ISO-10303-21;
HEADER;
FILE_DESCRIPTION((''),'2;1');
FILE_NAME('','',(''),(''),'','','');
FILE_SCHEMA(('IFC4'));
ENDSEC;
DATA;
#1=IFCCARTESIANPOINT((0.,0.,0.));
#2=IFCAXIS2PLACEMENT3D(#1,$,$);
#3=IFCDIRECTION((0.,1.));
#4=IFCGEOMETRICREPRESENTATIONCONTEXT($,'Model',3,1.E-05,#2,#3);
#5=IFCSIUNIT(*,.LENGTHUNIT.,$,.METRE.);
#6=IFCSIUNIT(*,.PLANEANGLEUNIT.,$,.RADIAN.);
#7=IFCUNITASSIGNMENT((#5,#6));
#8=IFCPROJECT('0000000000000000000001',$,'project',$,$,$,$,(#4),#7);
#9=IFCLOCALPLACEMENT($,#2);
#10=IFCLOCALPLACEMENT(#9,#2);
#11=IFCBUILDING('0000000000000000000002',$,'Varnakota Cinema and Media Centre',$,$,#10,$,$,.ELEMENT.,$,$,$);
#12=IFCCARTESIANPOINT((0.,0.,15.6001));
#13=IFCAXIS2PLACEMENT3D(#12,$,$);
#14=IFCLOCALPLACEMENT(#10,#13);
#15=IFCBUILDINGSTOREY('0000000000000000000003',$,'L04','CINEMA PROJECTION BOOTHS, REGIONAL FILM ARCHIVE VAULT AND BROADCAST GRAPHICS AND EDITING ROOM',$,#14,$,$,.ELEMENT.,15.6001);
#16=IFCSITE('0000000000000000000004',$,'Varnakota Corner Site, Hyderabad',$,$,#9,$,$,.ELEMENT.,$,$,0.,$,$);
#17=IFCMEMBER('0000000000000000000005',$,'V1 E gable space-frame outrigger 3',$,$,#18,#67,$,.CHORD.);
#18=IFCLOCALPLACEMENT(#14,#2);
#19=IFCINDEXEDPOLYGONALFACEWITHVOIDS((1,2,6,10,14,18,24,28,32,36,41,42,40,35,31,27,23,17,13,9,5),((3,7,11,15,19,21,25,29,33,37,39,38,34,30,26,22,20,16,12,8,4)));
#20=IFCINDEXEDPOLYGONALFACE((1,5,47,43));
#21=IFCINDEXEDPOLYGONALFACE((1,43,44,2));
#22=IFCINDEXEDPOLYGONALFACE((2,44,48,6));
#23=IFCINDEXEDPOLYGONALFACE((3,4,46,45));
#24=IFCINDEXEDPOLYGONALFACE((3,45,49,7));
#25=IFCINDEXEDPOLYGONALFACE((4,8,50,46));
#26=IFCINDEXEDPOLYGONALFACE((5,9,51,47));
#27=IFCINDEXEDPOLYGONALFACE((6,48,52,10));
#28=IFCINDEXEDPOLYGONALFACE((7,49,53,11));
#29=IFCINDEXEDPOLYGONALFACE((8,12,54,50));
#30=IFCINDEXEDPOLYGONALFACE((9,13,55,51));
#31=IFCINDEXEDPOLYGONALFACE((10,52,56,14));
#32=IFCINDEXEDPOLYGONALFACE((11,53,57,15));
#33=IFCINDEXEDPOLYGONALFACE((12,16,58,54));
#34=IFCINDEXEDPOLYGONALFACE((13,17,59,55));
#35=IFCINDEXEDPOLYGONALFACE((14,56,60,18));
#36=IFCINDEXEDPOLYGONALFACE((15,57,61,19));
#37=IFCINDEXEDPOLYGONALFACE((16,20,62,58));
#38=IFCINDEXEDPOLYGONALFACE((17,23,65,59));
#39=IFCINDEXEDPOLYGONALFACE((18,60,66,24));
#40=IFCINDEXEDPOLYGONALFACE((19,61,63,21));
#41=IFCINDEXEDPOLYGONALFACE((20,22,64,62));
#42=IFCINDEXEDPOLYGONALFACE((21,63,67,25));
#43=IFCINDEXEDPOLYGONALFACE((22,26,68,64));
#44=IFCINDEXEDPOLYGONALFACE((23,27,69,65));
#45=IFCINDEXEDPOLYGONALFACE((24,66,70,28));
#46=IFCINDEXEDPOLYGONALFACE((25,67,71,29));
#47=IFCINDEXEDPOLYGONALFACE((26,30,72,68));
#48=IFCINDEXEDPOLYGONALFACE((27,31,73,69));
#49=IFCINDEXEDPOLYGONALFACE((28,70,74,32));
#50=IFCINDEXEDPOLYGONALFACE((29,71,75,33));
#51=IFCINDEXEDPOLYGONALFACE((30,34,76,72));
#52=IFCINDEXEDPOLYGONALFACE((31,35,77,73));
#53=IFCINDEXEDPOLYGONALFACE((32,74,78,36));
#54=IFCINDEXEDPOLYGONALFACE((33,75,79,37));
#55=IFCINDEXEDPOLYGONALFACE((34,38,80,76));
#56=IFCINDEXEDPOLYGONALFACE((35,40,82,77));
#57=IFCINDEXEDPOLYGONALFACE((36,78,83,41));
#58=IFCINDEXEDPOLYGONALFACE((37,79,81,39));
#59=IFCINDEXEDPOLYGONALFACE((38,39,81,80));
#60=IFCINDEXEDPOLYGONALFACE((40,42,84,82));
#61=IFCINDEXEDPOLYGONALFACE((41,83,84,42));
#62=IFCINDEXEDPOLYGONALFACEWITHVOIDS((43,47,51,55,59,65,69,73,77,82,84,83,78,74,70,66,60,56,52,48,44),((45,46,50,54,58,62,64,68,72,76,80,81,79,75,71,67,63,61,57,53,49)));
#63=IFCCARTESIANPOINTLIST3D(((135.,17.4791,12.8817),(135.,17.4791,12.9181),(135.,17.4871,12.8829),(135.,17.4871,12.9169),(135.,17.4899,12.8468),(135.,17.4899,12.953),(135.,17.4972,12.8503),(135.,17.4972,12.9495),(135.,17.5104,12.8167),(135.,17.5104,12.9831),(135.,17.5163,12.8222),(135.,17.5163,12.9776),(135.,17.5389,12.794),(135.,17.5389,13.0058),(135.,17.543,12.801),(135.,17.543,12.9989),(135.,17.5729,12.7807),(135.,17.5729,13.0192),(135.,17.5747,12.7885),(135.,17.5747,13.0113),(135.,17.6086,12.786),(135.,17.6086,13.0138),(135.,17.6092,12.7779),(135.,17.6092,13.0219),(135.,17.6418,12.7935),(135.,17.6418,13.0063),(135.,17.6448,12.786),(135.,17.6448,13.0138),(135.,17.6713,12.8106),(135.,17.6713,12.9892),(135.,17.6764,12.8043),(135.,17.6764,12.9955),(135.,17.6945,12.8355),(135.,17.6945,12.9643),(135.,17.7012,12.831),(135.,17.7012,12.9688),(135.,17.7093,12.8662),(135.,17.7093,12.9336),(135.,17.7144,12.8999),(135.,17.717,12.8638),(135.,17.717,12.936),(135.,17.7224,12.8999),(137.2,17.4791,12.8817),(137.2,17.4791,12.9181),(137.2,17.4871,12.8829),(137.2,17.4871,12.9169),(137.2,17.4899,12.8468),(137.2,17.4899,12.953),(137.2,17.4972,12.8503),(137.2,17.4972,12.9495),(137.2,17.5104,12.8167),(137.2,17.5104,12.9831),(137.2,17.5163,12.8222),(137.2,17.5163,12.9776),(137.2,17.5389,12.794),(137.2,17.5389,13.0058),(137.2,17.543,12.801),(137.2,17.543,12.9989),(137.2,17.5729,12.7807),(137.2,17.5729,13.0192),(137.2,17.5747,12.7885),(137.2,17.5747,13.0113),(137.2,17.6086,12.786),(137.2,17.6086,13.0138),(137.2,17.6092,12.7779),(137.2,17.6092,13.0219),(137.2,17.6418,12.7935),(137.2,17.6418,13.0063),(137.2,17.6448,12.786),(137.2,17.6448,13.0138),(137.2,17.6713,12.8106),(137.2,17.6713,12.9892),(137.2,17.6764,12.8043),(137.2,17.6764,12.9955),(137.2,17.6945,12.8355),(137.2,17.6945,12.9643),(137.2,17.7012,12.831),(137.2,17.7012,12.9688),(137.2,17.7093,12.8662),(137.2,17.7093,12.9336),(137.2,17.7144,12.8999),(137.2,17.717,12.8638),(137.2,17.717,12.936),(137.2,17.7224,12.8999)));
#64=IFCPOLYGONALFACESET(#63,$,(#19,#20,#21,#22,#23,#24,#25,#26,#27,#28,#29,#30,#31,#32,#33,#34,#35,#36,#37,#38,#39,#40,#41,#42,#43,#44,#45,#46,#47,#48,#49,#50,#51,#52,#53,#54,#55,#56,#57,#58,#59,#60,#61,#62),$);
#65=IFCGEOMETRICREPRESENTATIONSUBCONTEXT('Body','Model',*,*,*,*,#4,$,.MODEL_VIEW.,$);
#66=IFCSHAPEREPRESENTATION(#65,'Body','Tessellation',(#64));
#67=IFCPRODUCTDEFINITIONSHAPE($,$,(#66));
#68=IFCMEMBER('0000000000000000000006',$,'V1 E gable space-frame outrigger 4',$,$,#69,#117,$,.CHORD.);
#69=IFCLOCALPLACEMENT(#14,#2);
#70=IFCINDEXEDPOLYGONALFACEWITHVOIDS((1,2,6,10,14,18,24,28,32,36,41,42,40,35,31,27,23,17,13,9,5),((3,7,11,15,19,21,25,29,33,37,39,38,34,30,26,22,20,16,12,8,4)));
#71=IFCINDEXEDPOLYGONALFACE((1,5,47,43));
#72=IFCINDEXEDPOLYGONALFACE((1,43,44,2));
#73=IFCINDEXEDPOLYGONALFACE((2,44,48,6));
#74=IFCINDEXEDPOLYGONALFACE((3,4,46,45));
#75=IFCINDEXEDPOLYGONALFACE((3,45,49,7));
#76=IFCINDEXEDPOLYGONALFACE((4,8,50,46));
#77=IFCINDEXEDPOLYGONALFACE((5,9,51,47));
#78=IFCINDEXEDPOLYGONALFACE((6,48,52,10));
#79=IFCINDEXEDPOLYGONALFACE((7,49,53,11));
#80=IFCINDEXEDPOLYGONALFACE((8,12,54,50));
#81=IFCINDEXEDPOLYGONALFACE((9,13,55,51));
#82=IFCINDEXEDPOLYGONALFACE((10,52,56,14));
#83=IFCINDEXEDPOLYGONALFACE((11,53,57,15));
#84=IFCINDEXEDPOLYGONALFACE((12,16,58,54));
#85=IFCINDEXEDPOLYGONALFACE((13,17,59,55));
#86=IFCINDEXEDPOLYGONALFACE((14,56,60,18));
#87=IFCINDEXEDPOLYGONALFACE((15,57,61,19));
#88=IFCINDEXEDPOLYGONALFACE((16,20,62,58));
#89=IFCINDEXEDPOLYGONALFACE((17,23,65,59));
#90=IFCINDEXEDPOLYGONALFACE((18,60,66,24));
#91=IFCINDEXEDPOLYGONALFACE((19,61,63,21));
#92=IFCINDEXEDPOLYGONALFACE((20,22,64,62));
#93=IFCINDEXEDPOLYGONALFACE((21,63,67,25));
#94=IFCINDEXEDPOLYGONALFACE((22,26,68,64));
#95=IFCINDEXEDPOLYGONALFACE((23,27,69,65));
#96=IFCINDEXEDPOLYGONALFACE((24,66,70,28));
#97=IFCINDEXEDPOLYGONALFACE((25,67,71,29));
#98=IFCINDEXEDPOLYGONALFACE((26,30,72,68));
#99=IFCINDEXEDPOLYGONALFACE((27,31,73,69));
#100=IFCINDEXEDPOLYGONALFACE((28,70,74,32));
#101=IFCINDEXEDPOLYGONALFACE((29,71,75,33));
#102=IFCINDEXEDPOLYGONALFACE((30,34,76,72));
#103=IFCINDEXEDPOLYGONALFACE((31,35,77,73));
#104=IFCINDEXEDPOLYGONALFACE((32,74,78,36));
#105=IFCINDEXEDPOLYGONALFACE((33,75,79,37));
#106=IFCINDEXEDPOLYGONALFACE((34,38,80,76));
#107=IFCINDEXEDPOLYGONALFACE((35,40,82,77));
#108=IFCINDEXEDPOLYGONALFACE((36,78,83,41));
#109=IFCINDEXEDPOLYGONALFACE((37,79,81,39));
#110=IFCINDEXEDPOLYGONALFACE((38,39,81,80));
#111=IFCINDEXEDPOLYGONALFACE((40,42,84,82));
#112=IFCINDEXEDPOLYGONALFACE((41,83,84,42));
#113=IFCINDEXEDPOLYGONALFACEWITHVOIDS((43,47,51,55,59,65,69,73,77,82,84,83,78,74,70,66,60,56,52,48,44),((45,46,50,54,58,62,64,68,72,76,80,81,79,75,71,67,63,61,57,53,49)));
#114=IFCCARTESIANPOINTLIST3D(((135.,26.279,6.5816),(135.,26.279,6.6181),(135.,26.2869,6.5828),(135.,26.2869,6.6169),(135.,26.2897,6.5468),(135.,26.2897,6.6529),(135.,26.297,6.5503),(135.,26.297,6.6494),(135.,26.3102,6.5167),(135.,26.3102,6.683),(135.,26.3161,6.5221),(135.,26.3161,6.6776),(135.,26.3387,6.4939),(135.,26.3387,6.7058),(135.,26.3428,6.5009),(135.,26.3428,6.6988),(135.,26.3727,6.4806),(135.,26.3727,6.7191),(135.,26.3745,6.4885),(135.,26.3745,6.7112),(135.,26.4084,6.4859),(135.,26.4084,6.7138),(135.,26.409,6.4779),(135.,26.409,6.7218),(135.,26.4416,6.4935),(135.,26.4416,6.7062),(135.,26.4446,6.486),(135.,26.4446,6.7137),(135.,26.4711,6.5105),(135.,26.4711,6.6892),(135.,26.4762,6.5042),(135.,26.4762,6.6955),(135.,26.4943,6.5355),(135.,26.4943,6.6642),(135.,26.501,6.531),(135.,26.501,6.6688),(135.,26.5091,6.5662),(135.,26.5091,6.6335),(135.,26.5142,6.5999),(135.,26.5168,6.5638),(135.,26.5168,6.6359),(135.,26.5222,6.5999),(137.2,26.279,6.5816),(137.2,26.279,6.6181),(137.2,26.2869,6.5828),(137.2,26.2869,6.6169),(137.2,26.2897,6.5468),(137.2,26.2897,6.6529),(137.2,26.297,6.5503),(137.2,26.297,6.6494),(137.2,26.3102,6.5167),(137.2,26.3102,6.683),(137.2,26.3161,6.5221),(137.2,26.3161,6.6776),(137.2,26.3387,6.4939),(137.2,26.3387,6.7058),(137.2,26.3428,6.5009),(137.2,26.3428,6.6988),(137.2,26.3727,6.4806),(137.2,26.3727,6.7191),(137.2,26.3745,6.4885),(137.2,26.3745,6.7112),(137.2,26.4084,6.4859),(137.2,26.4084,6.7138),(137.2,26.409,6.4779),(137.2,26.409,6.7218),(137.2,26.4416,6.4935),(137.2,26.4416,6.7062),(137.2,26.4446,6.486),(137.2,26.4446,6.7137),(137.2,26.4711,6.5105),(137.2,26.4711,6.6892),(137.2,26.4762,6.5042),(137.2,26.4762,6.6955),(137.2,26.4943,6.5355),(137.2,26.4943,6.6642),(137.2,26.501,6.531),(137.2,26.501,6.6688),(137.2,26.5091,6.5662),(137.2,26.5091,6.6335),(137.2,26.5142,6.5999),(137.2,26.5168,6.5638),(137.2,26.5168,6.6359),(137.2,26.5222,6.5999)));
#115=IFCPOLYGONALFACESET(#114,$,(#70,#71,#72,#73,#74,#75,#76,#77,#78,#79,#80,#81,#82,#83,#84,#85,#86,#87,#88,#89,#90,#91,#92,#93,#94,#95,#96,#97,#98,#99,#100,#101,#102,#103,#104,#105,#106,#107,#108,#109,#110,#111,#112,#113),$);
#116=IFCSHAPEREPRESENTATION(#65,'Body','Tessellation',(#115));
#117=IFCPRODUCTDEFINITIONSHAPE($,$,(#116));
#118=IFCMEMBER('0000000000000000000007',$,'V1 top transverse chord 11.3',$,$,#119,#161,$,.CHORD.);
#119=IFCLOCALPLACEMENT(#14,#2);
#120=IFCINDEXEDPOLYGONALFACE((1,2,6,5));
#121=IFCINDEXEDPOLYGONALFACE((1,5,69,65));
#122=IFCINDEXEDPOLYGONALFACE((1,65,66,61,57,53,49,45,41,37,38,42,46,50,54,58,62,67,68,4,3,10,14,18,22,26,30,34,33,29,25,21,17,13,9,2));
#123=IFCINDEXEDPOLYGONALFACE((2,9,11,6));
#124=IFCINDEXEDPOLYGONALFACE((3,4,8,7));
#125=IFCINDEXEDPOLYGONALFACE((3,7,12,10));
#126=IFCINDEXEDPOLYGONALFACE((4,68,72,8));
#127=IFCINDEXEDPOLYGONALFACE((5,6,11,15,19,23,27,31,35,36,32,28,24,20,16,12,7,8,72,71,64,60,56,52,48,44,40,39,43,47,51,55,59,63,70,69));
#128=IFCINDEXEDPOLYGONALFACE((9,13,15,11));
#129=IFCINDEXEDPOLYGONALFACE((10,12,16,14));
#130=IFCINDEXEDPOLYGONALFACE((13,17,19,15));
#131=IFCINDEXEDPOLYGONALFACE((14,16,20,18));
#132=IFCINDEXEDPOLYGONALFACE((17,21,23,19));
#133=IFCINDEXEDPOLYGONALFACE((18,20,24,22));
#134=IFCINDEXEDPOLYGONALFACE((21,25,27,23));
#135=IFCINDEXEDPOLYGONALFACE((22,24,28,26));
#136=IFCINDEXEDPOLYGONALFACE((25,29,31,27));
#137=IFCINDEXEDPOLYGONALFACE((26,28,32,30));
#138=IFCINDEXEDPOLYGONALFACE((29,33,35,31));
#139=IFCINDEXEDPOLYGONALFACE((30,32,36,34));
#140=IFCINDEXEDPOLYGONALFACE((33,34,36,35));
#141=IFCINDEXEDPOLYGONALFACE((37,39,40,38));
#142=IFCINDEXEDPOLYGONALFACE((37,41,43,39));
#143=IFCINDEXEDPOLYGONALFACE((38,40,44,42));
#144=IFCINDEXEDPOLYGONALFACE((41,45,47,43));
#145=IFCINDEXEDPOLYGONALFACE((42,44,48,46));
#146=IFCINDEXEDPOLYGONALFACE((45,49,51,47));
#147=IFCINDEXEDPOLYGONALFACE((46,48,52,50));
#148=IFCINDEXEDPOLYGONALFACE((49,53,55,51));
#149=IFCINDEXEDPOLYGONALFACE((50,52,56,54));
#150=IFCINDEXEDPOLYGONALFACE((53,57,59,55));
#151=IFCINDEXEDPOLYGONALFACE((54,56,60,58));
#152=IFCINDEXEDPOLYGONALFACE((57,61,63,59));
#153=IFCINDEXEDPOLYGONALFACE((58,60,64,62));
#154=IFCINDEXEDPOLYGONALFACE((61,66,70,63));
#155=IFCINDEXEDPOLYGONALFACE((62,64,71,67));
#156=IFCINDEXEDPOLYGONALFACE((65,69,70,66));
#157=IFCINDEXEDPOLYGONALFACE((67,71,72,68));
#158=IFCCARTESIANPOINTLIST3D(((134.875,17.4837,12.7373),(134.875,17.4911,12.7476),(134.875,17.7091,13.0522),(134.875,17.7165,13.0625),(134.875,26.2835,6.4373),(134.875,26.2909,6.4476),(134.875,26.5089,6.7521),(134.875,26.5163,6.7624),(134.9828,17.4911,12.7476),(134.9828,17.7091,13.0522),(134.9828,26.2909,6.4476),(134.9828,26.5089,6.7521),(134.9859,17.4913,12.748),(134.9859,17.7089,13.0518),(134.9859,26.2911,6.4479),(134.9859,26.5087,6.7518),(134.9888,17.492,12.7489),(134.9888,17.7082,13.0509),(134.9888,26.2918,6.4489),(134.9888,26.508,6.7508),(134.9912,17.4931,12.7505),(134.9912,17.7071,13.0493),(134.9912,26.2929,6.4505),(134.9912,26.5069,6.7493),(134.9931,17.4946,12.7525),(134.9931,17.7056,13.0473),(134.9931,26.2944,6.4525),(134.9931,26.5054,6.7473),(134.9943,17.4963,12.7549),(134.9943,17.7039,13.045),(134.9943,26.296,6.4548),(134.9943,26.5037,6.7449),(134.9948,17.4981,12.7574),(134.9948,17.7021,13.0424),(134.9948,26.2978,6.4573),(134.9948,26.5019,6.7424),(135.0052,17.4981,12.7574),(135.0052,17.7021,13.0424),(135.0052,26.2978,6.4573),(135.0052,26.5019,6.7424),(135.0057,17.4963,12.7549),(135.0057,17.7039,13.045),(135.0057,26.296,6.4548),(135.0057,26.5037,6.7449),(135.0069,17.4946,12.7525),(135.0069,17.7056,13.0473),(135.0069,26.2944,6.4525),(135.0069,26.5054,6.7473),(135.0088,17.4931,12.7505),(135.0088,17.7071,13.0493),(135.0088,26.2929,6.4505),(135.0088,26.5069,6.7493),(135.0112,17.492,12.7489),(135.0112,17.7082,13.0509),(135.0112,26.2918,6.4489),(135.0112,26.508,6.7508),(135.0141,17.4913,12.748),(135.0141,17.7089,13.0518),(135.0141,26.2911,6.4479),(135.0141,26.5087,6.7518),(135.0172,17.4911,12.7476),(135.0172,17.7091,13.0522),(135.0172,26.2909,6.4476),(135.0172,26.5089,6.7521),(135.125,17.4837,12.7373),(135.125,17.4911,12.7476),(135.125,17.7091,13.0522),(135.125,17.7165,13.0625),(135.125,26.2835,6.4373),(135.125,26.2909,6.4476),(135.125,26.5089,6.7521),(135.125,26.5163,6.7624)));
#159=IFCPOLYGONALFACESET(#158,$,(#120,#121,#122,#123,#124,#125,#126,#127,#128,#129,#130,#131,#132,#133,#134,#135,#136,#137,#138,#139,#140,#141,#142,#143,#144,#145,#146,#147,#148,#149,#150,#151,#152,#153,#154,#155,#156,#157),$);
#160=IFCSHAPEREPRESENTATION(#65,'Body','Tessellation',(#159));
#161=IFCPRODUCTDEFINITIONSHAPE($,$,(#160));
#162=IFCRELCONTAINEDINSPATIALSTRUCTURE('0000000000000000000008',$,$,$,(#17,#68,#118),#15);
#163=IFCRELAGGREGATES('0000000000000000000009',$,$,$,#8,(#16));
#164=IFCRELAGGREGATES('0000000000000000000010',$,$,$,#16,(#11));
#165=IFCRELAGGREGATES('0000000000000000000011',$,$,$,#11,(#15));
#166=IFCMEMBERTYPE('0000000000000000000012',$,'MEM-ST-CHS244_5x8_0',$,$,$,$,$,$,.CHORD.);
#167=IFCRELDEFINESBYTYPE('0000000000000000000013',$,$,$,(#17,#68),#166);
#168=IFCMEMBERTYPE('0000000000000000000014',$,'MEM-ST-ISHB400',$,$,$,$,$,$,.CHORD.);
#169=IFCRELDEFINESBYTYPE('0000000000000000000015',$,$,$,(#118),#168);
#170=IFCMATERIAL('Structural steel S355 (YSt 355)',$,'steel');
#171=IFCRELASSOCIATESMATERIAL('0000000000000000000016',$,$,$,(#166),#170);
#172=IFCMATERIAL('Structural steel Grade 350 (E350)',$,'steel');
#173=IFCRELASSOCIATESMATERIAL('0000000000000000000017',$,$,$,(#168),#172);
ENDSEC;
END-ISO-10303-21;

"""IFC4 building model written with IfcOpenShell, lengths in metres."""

from ifc_helpers import new_model, si_unit, direction, frame, origin, origin_2d, place, context, subcontext, project, spatial, hollow_circle, i_section, extrude, material, material_profile, profile_set, type_object, element, save


model = new_model("IFC4")

# Units and contexts
model_context = context("Model", 3, precision=1e-05, world=origin(), true_north=direction((0.0, 1.0)))
body_context = subcontext(model_context, "Body", "Model", "MODEL_VIEW")
ifc_project = project(units=[si_unit("LENGTHUNIT", "METRE"), si_unit("PLANEANGLEUNIT", "RADIAN")], contexts=[model_context])

# Site, building, storey
site_placement = place(None, origin())
site = spatial("IfcSite", under=ifc_project, at=site_placement, Name="Varnakota Corner Site, Hyderabad", CompositionType="ELEMENT", RefElevation=0.0)
building_placement = place(site_placement, origin())
building = spatial("IfcBuilding", under=site, at=building_placement, Name="Varnakota Cinema and Media Centre", CompositionType="ELEMENT")
storey_placement = place(building_placement, frame((0.0, 0.0, 15.6001)))
storey = spatial("IfcBuildingStorey", under=building, at=storey_placement, Name="L04", Description="CINEMA PROJECTION BOOTHS, REGIONAL FILM ARCHIVE VAULT AND BROADCAST GRAPHICS AND EDITING ROOM", CompositionType="ELEMENT", Elevation=15.6001)

# Members
ifc_material_1 = material(Name="Structural steel S355 (YSt 355)", Category="steel")
ifc_material_profile_1 = material_profile(ifc_material_1, hollow_circle(Radius=0.1223, WallThickness=0.0081, at=origin_2d()), Name="CHS 244.5x8.0")
ifc_profile_set_1 = profile_set([ifc_material_profile_1], Name="Structural steel S355 (YSt 355)")
member_type_1 = type_object("IfcMemberType", Name="MEM-ST-CHS244_5x8_0", PredefinedType="CHORD", material=ifc_profile_set_1)
for number, where, z_axis, x_axis, name in (
    (1, (135.0, 17.6001, 12.8999), (1.0, 0.0, 0.0), (0.0, 1.0, 0.0), "V1 E gable space-frame outrigger 3"),
    (2, (135.0, 26.3999, 6.5999), (1.0, 0.0, 0.0), (0.0, 1.0, 0.0), "V1 E gable space-frame outrigger 4"),
):
    element("IfcMember", number, at=place(storey_placement, frame(where, z_axis=z_axis, x_axis=x_axis)), inside=storey, type_object=member_type_1, Name=name, PredefinedType="CHORD", context=body_context, shape_type="SweptSolid", body=[
        extrude(hollow_circle(Radius=0.1223, WallThickness=0.0081, at=origin_2d()), origin(), (0.0, 0.0, 1.0), 2.2),
    ])
ifc_material_2 = material(Name="Structural steel Grade 350 (E350)", Category="steel")
ifc_material_profile_2 = material_profile(ifc_material_2, i_section(OverallWidth=0.25, OverallDepth=0.3999, WebThickness=0.0105, FlangeThickness=0.0127, FilletRadius=0.012, at=origin_2d()), Name="ISHB 400")
ifc_profile_set_2 = profile_set([ifc_material_profile_2], Name="Structural steel Grade 350 (E350)")
member_type_2 = type_object("IfcMemberType", Name="MEM-ST-ISHB400", PredefinedType="CHORD", material=ifc_profile_set_2)
member_1_placement = place(storey_placement, frame((135.0, 17.6001, 12.8999), z_axis=(0.0, 0.8131, -0.582123), x_axis=(-1.0, 0.0, 0.0)))
element("IfcMember", 3, at=member_1_placement, inside=storey, type_object=member_type_2, Name="V1 top transverse chord 11.3", PredefinedType="CHORD", context=body_context, shape_type="SweptSolid", body=[
    extrude(i_section(OverallWidth=0.25, OverallDepth=0.3999, WebThickness=0.0105, FlangeThickness=0.0127, FilletRadius=0.012, at=origin_2d()), origin(), (0.0, 0.0, 1.0), 10.8225),
])

save(model, "model.ifc")
